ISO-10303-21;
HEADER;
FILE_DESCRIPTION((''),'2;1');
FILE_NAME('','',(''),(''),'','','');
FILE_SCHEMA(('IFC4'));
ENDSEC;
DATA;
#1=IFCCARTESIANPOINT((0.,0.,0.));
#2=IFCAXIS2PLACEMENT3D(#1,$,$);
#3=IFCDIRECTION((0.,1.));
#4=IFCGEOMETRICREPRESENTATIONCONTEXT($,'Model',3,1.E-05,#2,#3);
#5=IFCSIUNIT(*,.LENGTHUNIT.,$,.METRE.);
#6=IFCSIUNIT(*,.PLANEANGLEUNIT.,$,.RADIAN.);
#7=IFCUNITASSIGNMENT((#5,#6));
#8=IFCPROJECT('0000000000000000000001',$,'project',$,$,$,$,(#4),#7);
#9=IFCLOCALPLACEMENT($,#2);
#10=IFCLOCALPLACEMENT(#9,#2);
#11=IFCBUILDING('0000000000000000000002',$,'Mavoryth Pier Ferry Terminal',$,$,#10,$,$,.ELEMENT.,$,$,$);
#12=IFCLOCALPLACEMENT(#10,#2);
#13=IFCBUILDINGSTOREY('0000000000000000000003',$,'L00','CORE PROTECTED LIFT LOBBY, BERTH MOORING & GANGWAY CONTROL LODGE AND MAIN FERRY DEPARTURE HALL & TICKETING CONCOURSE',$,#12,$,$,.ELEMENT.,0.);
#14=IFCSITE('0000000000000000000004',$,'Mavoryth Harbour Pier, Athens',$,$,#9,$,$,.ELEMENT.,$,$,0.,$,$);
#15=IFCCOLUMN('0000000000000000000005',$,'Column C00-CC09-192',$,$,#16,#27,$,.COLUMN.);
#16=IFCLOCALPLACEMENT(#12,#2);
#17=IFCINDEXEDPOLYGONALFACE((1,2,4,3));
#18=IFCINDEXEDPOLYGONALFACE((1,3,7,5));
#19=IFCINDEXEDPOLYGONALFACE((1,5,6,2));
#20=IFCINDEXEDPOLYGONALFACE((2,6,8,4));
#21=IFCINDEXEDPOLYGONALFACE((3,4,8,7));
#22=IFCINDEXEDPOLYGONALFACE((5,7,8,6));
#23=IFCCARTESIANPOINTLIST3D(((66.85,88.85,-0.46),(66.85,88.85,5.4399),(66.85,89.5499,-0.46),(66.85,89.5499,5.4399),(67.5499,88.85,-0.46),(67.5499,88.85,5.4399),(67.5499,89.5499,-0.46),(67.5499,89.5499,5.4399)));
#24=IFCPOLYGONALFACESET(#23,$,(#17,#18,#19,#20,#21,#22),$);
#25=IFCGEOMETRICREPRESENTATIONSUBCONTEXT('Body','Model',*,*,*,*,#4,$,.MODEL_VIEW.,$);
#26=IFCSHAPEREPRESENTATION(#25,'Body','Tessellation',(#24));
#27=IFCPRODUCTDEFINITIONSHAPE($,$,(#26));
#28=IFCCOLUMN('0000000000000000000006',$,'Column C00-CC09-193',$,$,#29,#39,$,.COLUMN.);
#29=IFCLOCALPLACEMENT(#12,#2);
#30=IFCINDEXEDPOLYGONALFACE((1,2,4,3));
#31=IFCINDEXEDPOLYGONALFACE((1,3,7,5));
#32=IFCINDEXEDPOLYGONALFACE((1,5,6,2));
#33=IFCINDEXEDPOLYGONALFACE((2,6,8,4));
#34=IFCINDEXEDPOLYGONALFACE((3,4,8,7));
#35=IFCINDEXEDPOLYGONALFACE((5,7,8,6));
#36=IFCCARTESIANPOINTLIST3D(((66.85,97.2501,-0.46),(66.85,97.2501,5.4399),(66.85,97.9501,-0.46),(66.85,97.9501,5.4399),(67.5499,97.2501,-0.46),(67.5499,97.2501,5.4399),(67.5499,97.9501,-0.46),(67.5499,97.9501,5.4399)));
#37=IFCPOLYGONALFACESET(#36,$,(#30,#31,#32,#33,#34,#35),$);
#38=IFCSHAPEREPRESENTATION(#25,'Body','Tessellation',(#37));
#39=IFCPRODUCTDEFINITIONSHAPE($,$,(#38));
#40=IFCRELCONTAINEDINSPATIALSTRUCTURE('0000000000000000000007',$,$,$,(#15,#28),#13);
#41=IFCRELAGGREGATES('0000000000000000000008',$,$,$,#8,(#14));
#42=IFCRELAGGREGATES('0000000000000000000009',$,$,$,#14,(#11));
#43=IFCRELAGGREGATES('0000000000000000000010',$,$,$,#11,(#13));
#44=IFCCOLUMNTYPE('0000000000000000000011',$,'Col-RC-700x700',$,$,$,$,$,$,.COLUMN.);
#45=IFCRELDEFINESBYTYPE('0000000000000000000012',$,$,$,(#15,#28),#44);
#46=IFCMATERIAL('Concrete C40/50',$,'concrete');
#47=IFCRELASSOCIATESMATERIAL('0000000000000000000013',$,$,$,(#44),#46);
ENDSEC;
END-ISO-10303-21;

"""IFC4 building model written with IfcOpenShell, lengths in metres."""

from ifc_helpers import new_model, si_unit, direction, frame, origin, origin_2d, place, context, subcontext, project, spatial, rectangle, extrude, material, material_profile, profile_set, type_object, element, save


model = new_model("IFC4")

# Units and contexts
model_context = context("Model", 3, precision=1e-05, world=origin(), true_north=direction((0.0, 1.0)))
body_context = subcontext(model_context, "Body", "Model", "MODEL_VIEW")
ifc_project = project(units=[si_unit("LENGTHUNIT", "METRE"), si_unit("PLANEANGLEUNIT", "RADIAN")], contexts=[model_context])

# Site, building, storey
site_placement = place(None, origin())
site = spatial("IfcSite", under=ifc_project, at=site_placement, Name="Mavoryth Harbour Pier, Athens", CompositionType="ELEMENT", RefElevation=0.0)
building_placement = place(site_placement, origin())
building = spatial("IfcBuilding", under=site, at=building_placement, Name="Mavoryth Pier Ferry Terminal", CompositionType="ELEMENT")
storey_placement = place(building_placement, origin())
storey = spatial("IfcBuildingStorey", under=building, at=storey_placement, Name="L00", Description="CORE PROTECTED LIFT LOBBY, BERTH MOORING & GANGWAY CONTROL LODGE AND MAIN FERRY DEPARTURE HALL & TICKETING CONCOURSE", CompositionType="ELEMENT", Elevation=0.0)

# Columns
ifc_material_1 = material(Name="Concrete C40/50", Category="concrete")
ifc_material_profile_1 = material_profile(ifc_material_1, rectangle(XDim=0.7, YDim=0.7, at=origin_2d()), Name="RC 700x700", Category="concrete")
ifc_profile_set_1 = profile_set([ifc_material_profile_1], Name="Concrete C40/50 - RC 700x700")
column_type = type_object("IfcColumnType", Name="Col-RC-700x700", PredefinedType="COLUMN", material=ifc_profile_set_1)
for number, where, z_axis, x_axis, name in (
    (1, (67.2, 89.2, -0.46), (0.0, 0.0, 1.0), (1.0, 0.0, 0.0), "Column C00-CC09-192"),
    (2, (67.2, 97.6001, -0.46), (0.0, 0.0, 1.0), (1.0, 0.0, 0.0), "Column C00-CC09-193"),
):
    element("IfcColumn", number, at=place(storey_placement, frame(where, z_axis=z_axis, x_axis=x_axis)), inside=storey, type_object=column_type, Name=name, PredefinedType="COLUMN", context=body_context, shape_type="SweptSolid", body=[
        extrude(rectangle(XDim=0.7, YDim=0.7, at=origin_2d()), origin(), (0.0, 0.0, 1.0), 5.8999),
    ])

save(model, "model.ifc")
